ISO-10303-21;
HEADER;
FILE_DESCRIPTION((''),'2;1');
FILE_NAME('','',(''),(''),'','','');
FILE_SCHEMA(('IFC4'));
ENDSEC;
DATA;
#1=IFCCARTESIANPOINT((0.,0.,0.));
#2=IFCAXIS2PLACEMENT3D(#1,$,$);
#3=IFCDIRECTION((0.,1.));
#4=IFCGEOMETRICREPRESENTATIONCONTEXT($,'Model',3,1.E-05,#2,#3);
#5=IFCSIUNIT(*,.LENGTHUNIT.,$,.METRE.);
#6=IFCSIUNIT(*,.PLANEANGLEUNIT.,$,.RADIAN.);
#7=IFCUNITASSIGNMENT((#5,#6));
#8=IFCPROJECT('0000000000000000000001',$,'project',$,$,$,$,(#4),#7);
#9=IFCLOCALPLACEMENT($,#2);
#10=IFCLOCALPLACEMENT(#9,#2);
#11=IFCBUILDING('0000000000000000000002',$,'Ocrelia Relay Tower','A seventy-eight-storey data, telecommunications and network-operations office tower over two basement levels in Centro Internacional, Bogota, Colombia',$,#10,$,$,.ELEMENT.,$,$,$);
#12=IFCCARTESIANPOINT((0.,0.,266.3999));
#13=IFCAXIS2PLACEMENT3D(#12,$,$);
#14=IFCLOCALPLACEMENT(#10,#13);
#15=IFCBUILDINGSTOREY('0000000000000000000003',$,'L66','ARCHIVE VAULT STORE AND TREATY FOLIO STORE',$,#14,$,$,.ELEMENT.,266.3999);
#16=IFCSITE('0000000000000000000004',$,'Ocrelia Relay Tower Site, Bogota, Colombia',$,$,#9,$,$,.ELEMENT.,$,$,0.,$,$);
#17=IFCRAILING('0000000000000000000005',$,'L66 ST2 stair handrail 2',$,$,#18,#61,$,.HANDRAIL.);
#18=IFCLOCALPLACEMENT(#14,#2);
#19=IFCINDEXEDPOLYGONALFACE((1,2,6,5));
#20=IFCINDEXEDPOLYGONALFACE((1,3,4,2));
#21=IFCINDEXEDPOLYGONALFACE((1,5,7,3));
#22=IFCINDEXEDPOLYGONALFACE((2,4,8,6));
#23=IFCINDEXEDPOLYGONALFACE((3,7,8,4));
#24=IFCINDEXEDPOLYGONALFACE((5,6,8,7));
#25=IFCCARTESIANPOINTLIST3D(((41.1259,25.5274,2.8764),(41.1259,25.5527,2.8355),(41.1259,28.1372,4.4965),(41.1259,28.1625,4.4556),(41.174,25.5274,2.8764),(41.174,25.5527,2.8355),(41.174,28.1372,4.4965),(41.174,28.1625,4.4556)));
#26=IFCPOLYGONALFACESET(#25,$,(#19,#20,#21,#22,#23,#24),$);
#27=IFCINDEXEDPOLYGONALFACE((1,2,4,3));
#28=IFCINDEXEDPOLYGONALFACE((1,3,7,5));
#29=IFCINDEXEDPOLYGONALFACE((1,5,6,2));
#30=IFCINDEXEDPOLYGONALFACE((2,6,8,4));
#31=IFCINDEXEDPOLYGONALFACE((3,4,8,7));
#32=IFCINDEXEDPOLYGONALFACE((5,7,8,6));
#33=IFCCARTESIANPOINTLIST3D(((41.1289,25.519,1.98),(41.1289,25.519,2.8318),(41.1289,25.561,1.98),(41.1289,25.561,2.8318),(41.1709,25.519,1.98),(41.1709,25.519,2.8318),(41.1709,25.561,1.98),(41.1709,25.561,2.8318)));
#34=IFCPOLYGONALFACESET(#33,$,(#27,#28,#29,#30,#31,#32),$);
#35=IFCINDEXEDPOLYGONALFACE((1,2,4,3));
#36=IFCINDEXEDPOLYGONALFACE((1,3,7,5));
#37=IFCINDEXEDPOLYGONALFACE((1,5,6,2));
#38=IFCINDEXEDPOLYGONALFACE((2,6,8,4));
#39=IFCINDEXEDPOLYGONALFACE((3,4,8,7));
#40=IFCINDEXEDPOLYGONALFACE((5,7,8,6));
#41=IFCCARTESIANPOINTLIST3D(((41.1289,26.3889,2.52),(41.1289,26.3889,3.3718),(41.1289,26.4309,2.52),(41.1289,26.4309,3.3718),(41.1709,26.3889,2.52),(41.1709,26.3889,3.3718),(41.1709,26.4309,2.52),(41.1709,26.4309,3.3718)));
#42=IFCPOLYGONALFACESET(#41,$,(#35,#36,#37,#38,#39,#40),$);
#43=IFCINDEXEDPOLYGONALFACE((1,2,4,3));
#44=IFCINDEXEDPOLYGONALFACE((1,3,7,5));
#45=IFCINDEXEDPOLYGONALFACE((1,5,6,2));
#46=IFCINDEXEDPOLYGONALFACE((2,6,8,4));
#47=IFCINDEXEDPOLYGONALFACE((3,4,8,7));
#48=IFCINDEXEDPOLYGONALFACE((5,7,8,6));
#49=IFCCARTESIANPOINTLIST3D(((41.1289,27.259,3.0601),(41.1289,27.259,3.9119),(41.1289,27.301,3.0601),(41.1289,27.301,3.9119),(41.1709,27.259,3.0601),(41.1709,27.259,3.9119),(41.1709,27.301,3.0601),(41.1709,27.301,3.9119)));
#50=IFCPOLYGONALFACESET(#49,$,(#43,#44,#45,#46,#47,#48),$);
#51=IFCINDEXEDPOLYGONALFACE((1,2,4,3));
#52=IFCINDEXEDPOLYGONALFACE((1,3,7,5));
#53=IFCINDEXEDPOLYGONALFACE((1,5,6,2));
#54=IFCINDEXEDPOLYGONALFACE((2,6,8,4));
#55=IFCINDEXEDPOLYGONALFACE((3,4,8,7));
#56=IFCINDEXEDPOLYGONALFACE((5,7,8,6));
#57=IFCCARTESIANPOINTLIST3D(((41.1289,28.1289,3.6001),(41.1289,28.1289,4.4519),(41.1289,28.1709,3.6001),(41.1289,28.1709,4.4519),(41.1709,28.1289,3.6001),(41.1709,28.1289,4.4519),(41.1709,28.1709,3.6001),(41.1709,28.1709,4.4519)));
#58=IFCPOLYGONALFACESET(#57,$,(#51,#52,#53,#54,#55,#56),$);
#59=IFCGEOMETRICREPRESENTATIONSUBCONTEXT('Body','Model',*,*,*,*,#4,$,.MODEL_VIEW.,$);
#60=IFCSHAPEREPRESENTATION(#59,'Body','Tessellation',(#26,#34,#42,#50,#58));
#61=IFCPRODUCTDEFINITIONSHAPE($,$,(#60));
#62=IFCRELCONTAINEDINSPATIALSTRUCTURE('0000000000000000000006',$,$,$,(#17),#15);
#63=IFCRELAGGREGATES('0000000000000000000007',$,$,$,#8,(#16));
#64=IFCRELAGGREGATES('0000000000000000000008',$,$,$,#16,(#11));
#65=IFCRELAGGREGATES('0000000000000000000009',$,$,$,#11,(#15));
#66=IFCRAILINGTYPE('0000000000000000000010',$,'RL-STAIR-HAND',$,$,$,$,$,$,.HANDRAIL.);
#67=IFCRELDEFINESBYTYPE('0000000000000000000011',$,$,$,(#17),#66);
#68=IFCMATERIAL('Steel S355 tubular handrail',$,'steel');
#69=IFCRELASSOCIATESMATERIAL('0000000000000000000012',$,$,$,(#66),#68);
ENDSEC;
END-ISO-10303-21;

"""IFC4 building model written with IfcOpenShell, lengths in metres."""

from ifc_helpers import new_model, si_unit, direction, frame, origin, origin_2d, place, context, subcontext, project, spatial, rectangle, extrude, material, type_object, element, save


model = new_model("IFC4")

# Units and contexts
model_context = context("Model", 3, precision=1e-05, world=origin(), true_north=direction((0.0, 1.0)))
body_context = subcontext(model_context, "Body", "Model", "MODEL_VIEW")
ifc_project = project(units=[si_unit("LENGTHUNIT", "METRE"), si_unit("PLANEANGLEUNIT", "RADIAN")], contexts=[model_context])

# Site, building, storey
site_placement = place(None, origin())
site = spatial("IfcSite", under=ifc_project, at=site_placement, Name="Ocrelia Relay Tower Site, Bogota, Colombia", CompositionType="ELEMENT", RefElevation=0.0)
building_placement = place(site_placement, origin())
building = spatial("IfcBuilding", under=site, at=building_placement, Name="Ocrelia Relay Tower", Description="A seventy-eight-storey data, telecommunications and network-operations office tower over two basement levels in Centro Internacional, Bogota, Colombia", CompositionType="ELEMENT")
storey_placement = place(building_placement, frame((0.0, 0.0, 266.3999)))
storey = spatial("IfcBuildingStorey", under=building, at=storey_placement, Name="L66", Description="ARCHIVE VAULT STORE AND TREATY FOLIO STORE", CompositionType="ELEMENT", Elevation=266.3999)

# Railing
ifc_material_1 = material(Name="Steel S355 tubular handrail", Category="steel")
railing_type_1 = type_object("IfcRailingType", Name="RL-STAIR-HAND", PredefinedType="HANDRAIL", material=ifc_material_1)
railing_1_placement = place(storey_placement, frame((41.1499, 25.54, 1.98)))
element("IfcRailing", 1, at=railing_1_placement, inside=storey, type_object=railing_type_1, Name="L66 ST2 stair handrail 2", PredefinedType="HANDRAIL", context=body_context, shape_type="SweptSolid", body=[
    extrude(rectangle(XDim=0.0481, YDim=0.0481, at=origin_2d()), frame((0.0, 0.0, 0.876), z_axis=(0.0, 0.849611, 0.52741), x_axis=(-1.0, 0.0, 0.0)), (0.0, 0.0, 1.0), 3.0718),
    extrude(rectangle(XDim=0.042, YDim=0.042, at=origin_2d()), origin(), (0.0, 0.0, 1.0), 0.8518),
    extrude(rectangle(XDim=0.042, YDim=0.042, at=origin_2d()), frame((0.0, 0.8699, 0.54)), (0.0, 0.0, 1.0), 0.8518),
    extrude(rectangle(XDim=0.042, YDim=0.042, at=origin_2d()), frame((0.0, 1.74, 1.0801)), (0.0, 0.0, 1.0), 0.8518),
    extrude(rectangle(XDim=0.042, YDim=0.042, at=origin_2d()), frame((0.0, 2.6099, 1.6201)), (0.0, 0.0, 1.0), 0.8518),
])

save(model, "model.ifc")
